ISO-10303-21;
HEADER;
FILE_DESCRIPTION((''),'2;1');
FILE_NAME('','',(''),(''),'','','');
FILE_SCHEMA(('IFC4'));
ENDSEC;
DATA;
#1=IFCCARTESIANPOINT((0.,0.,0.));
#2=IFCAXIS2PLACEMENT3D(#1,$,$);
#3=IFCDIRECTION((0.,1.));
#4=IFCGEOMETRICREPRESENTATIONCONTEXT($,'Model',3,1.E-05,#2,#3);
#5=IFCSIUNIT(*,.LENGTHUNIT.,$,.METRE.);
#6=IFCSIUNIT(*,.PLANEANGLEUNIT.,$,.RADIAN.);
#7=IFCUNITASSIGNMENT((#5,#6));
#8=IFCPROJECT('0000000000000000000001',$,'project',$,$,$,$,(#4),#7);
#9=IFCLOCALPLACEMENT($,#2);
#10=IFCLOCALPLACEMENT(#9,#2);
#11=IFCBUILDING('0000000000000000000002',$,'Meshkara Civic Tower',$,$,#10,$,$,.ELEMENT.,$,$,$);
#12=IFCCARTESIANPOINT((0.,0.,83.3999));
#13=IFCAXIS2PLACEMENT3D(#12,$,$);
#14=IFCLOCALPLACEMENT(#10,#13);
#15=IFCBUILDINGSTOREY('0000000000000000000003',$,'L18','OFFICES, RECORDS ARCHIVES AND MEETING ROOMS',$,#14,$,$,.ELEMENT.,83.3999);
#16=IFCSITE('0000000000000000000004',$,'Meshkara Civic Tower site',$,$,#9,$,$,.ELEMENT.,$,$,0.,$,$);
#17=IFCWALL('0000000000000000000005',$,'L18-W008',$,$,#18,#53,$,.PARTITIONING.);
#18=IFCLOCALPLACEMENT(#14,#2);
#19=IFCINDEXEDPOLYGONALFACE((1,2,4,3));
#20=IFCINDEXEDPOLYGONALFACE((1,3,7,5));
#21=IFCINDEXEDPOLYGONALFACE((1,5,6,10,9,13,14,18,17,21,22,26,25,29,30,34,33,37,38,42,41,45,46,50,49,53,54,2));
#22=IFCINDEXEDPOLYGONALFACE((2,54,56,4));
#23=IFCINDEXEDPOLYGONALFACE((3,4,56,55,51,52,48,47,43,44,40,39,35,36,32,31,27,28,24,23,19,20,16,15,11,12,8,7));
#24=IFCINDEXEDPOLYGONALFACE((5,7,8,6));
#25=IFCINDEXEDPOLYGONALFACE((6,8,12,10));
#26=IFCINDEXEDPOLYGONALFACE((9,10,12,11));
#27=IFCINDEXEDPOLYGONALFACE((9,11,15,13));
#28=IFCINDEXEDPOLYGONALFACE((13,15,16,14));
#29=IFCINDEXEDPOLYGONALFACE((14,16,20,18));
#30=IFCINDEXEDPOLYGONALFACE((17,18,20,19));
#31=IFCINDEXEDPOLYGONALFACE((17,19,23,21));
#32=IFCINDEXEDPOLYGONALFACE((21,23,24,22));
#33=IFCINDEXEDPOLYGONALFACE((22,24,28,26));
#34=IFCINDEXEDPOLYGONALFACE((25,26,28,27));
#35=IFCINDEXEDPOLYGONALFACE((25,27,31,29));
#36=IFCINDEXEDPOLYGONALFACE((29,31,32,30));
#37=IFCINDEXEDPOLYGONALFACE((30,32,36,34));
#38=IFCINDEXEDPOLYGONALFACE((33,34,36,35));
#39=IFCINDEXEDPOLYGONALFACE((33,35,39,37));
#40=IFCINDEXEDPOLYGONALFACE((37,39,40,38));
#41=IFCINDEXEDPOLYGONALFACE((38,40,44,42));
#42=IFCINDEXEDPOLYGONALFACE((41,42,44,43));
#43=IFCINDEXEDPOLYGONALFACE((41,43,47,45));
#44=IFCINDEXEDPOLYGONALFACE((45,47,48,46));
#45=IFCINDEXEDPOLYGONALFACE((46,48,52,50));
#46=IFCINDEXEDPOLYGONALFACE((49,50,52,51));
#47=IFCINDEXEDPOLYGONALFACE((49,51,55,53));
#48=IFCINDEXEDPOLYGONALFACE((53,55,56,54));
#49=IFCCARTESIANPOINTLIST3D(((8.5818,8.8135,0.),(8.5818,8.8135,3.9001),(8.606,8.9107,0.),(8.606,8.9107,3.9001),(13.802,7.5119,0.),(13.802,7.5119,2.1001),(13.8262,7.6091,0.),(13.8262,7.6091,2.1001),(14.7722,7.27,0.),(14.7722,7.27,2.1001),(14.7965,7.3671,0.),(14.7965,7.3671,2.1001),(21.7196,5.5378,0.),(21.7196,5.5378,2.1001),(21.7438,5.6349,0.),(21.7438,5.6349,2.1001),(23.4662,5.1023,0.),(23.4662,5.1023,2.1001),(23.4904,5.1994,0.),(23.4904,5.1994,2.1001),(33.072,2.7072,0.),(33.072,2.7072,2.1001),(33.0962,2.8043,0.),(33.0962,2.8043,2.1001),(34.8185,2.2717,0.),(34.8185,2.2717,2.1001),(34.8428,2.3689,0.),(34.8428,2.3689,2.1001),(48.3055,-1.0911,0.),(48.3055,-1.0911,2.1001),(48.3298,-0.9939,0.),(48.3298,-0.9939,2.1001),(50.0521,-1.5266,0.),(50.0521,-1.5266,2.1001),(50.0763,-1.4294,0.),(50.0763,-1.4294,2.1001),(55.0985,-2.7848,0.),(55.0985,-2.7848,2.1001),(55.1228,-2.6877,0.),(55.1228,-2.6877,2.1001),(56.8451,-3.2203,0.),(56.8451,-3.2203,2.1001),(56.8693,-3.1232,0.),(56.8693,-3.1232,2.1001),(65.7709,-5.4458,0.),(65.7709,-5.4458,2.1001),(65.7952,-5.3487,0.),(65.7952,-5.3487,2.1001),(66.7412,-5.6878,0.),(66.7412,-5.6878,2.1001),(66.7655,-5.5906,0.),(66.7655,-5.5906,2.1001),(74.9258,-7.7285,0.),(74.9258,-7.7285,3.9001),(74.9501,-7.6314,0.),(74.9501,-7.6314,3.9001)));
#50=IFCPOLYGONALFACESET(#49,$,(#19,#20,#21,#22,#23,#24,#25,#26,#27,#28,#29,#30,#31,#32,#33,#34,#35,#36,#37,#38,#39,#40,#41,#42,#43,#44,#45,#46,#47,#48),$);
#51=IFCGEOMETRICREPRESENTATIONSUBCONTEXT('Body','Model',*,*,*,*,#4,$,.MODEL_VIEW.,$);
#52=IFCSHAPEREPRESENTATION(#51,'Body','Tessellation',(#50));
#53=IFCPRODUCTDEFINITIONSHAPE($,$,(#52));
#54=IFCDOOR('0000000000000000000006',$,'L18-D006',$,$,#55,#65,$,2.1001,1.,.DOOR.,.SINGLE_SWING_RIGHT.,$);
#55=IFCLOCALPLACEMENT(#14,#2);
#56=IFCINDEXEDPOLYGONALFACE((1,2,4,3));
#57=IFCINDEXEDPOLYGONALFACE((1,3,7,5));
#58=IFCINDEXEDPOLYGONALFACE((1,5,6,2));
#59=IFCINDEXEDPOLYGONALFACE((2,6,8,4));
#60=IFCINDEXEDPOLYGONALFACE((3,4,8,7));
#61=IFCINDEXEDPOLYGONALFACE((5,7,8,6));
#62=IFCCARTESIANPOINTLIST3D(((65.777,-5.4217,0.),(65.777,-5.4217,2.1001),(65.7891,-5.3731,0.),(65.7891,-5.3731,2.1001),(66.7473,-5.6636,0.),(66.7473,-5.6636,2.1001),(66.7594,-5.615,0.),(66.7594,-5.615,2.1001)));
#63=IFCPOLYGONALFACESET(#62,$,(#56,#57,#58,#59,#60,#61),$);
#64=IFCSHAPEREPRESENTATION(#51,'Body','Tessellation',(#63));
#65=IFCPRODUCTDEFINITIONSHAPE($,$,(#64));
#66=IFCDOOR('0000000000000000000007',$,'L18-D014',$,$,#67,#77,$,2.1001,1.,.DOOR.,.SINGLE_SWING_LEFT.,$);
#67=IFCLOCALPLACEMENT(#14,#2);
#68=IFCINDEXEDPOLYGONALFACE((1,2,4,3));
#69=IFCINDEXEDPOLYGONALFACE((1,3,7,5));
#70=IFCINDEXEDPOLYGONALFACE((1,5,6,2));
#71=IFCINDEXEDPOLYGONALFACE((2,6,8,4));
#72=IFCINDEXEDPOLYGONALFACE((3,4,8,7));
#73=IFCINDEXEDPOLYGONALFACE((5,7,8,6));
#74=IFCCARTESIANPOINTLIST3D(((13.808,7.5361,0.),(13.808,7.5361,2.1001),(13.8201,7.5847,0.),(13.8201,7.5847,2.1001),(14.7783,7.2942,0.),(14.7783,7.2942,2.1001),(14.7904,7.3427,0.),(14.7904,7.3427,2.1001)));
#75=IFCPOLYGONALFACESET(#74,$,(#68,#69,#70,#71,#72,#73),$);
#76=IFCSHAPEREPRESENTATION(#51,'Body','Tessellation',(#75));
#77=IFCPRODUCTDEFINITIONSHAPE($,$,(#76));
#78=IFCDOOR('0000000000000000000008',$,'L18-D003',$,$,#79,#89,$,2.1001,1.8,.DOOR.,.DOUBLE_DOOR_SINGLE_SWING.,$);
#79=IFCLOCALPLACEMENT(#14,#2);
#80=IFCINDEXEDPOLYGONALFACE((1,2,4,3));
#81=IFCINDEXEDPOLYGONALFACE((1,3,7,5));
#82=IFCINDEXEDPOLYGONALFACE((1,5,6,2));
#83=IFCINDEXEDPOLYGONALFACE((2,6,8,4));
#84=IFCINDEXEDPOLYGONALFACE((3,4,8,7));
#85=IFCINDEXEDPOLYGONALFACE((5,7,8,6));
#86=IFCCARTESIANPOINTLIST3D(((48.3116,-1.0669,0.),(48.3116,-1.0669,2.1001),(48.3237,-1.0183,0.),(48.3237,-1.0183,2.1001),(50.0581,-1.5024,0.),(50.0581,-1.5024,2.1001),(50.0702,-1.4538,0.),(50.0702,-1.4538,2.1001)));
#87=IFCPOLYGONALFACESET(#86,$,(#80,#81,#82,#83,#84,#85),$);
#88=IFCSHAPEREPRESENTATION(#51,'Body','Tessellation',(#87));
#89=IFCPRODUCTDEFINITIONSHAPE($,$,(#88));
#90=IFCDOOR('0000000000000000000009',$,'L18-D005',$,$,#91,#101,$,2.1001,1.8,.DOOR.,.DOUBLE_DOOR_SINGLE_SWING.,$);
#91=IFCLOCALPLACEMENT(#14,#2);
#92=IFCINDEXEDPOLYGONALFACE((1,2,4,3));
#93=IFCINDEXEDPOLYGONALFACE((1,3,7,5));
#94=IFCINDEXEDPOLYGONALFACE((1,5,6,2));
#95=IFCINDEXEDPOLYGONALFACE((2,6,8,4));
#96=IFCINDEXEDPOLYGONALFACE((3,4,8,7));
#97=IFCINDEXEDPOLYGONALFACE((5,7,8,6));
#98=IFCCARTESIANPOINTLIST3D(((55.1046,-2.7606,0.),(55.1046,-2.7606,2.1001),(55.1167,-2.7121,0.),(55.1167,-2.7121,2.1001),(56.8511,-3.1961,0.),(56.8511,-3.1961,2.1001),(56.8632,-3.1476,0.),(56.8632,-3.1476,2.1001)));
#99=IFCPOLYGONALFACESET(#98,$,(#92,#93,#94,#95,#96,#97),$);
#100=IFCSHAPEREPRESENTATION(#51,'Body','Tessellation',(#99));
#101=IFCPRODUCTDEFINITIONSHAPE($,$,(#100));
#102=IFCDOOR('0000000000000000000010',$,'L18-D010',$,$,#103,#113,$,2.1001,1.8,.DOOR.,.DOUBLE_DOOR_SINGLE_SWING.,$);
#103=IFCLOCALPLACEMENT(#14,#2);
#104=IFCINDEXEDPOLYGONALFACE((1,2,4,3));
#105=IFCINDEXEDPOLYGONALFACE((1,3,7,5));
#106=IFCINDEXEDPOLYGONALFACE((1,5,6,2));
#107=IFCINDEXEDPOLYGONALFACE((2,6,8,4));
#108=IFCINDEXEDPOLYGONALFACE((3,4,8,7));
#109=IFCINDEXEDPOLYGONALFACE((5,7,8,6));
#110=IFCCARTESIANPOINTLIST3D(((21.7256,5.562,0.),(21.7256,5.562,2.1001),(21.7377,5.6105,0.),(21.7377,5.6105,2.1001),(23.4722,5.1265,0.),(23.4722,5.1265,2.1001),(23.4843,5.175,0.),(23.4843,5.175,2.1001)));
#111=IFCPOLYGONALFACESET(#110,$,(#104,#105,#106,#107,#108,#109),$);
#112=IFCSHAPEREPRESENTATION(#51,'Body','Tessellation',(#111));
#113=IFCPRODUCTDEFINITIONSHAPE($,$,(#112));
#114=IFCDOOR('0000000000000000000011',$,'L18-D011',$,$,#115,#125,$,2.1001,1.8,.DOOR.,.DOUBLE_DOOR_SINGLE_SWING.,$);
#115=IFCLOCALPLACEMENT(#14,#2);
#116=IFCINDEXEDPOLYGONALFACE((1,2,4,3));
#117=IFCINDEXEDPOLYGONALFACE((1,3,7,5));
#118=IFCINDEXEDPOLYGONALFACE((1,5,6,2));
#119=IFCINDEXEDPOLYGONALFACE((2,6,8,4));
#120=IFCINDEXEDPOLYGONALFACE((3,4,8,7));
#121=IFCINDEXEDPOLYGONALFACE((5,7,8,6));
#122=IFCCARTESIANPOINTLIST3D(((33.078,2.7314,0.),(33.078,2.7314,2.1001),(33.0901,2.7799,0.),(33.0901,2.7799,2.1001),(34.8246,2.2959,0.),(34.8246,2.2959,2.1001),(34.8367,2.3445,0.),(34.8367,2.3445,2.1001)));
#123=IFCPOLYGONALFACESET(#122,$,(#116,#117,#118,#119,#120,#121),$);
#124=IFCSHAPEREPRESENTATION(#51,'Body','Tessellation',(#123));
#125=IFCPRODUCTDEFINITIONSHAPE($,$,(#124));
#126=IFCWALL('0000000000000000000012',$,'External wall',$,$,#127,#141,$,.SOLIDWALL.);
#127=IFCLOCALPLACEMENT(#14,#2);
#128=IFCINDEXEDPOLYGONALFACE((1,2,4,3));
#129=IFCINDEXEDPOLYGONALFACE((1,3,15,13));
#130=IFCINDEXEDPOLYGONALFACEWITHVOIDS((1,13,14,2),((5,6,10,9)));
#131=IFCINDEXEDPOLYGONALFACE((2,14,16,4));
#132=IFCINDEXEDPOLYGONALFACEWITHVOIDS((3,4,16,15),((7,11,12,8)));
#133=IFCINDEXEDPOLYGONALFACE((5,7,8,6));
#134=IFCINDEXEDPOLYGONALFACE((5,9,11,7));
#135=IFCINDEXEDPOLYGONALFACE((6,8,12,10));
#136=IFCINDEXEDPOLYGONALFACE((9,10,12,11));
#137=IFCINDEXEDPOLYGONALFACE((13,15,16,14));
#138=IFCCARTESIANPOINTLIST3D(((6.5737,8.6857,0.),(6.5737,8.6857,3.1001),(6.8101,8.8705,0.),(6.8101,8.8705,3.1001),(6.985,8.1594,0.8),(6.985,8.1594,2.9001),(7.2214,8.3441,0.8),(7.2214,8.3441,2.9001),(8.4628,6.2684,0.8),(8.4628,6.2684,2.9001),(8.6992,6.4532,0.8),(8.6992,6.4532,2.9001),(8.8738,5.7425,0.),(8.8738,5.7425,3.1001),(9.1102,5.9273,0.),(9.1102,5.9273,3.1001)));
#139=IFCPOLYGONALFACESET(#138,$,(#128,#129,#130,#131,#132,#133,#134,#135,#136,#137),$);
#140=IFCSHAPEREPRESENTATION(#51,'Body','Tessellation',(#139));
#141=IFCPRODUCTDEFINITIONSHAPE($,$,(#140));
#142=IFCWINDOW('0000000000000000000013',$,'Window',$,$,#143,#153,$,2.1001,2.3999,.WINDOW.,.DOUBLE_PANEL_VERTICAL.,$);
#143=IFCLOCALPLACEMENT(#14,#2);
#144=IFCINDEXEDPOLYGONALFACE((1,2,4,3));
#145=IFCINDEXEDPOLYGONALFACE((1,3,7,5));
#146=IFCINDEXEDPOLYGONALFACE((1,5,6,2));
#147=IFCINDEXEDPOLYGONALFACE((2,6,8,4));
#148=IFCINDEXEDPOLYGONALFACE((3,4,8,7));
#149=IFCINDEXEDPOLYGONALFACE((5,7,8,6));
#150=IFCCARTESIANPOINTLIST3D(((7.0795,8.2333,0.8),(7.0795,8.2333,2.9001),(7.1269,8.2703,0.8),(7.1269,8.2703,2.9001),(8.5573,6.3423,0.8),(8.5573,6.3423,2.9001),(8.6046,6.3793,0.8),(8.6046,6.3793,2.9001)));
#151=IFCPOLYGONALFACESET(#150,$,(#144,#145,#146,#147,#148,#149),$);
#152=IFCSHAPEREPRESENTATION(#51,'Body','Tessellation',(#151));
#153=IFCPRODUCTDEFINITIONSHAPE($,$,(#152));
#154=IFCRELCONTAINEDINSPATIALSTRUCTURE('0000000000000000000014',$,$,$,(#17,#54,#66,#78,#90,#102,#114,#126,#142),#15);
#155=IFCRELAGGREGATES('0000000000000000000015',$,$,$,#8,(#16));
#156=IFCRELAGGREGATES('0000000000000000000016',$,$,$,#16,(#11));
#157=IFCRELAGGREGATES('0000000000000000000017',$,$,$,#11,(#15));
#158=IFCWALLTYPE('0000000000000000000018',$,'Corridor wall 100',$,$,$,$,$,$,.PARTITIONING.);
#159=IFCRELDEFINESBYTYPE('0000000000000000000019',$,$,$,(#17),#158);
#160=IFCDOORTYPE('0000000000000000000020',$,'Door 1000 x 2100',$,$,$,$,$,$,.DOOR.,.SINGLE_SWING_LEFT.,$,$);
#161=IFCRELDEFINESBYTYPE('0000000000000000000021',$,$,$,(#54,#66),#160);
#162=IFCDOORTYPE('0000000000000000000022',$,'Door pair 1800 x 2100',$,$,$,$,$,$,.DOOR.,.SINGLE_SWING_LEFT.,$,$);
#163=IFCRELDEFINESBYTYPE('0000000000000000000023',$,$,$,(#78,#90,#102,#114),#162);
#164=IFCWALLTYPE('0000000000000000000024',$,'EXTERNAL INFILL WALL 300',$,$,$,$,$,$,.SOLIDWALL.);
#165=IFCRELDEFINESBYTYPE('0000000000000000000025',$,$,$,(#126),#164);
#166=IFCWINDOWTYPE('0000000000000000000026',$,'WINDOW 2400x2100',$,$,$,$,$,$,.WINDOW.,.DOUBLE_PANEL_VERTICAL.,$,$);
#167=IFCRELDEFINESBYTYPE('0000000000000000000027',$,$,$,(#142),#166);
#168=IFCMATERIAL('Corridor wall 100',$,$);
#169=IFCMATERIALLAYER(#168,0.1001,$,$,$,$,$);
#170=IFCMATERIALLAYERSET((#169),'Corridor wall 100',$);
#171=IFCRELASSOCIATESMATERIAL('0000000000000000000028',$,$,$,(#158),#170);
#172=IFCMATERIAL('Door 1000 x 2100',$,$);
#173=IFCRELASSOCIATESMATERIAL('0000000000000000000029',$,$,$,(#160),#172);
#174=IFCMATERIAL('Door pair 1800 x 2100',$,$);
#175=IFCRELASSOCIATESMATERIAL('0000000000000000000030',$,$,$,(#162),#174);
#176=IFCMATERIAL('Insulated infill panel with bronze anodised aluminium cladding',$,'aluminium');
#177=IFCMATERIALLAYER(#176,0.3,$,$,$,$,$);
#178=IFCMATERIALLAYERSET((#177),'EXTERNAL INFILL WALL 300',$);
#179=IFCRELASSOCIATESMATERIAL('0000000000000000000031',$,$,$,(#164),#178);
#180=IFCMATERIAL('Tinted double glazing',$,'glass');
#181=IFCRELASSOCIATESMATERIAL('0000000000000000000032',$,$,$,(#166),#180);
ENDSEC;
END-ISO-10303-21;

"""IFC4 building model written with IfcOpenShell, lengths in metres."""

from ifc_helpers import new_model, si_unit, direction, frame, frame_2d, origin, place, context, subcontext, project, spatial, rectangle, extrude, material, layer, layer_set, type_object, element, fill, save


model = new_model("IFC4")

# Units and contexts
model_context = context("Model", 3, precision=1e-05, world=origin(), true_north=direction((0.0, 1.0)))
body_context = subcontext(model_context, "Body", "Model", "MODEL_VIEW")
ifc_project = project(units=[si_unit("LENGTHUNIT", "METRE"), si_unit("PLANEANGLEUNIT", "RADIAN")], contexts=[model_context])

# Site, building, storey
site_placement = place(None, origin())
site = spatial("IfcSite", under=ifc_project, at=site_placement, Name="Meshkara Civic Tower site", CompositionType="ELEMENT", RefElevation=0.0)
building_placement = place(site_placement, origin())
building = spatial("IfcBuilding", under=site, at=building_placement, Name="Meshkara Civic Tower", CompositionType="ELEMENT")
storey_placement = place(building_placement, frame((0.0, 0.0, 83.3999)))
storey = spatial("IfcBuildingStorey", under=building, at=storey_placement, Name="L18", Description="OFFICES, RECORDS ARCHIVES AND MEETING ROOMS", CompositionType="ELEMENT", Elevation=83.3999)

# Shared definitions
ifc_material_1 = material(Name="Corridor wall 100")
ifc_layer_1 = layer(ifc_material_1, 0.1001)
ifc_layer_set_1 = layer_set([ifc_layer_1], Name="Corridor wall 100")
wall_type_1 = type_object("IfcWallType", Name="Corridor wall 100", PredefinedType="PARTITIONING", material=ifc_layer_set_1)
ifc_material_2 = material(Name="Door 1000 x 2100")
door_type_1 = type_object("IfcDoorType", Name="Door 1000 x 2100", OperationType="SINGLE_SWING_LEFT", PredefinedType="DOOR", material=ifc_material_2)

# Wall, openings, doors
wall_1_placement = place(storey_placement, frame((8.594, 8.8621, 0.0), z_axis=(0.0, 0.0, 1.0), x_axis=(0.970294, -0.24193, 0.0)))
wall_1 = element("IfcWall", 1, at=wall_1_placement, inside=storey, type_object=wall_type_1, Name="L18-W008", PredefinedType="PARTITIONING", context=body_context, shape_type="SweptSolid", body=[
    extrude(rectangle(XDim=68.3752, YDim=0.1001, at=frame_2d((34.1875, 0.0))), origin(), (0.0, 0.0, 1.0), 3.9001),
])
opening_1_placement = place(wall_1_placement, frame((40.9399, 0.0, 0.0)))
opening_1 = element("IfcOpeningElement", 2, at=opening_1_placement, cuts=wall_1, PredefinedType="OPENING", context=body_context, shape_type="SweptSolid", body=[
    extrude(rectangle(XDim=1.8, YDim=2.1001, at=frame_2d((0.8999, 1.05))), frame((0.0, 0.0601, 0.0), z_axis=(0.0, -1.0, 0.0), x_axis=(1.0, 0.0, 0.0)), (0.0, 0.0, 1.0), 0.1201),
])
opening_2_placement = place(wall_1_placement, frame((47.9409, 0.0, 0.0)))
opening_2 = element("IfcOpeningElement", 3, at=opening_2_placement, cuts=wall_1, PredefinedType="OPENING", context=body_context, shape_type="SweptSolid", body=[
    extrude(rectangle(XDim=1.8, YDim=2.1001, at=frame_2d((0.8999, 1.05))), frame((0.0, 0.0601, 0.0), z_axis=(0.0, -1.0, 0.0), x_axis=(1.0, 0.0, 0.0)), (0.0, 0.0, 1.0), 0.1201),
])
opening_3_placement = place(wall_1_placement, frame((58.9399, 0.0, 0.0)))
opening_3 = element("IfcOpeningElement", 4, at=opening_3_placement, cuts=wall_1, PredefinedType="OPENING", context=body_context, shape_type="SweptSolid", body=[
    extrude(rectangle(XDim=1.0, YDim=2.1001, at=frame_2d((0.5, 1.05))), frame((0.0, 0.0601, 0.0), z_axis=(0.0, -1.0, 0.0), x_axis=(1.0, 0.0, 0.0)), (0.0, 0.0, 1.0), 0.1201),
])
opening_4_placement = place(wall_1_placement, frame((13.54, 0.0, 0.0)))
opening_4 = element("IfcOpeningElement", 5, at=opening_4_placement, cuts=wall_1, PredefinedType="OPENING", context=body_context, shape_type="SweptSolid", body=[
    extrude(rectangle(XDim=1.8, YDim=2.1001, at=frame_2d((0.8999, 1.05))), frame((0.0, 0.0601, 0.0), z_axis=(0.0, -1.0, 0.0), x_axis=(1.0, 0.0, 0.0)), (0.0, 0.0, 1.0), 0.1201),
])
opening_5_placement = place(wall_1_placement, frame((25.24, 0.0, 0.0)))
opening_5 = element("IfcOpeningElement", 6, at=opening_5_placement, cuts=wall_1, PredefinedType="OPENING", context=body_context, shape_type="SweptSolid", body=[
    extrude(rectangle(XDim=1.8, YDim=2.1001, at=frame_2d((0.8999, 1.05))), frame((0.0, 0.0601, 0.0), z_axis=(0.0, -1.0, 0.0), x_axis=(1.0, 0.0, 0.0)), (0.0, 0.0, 1.0), 0.1201),
])
opening_6_placement = place(wall_1_placement, frame((5.3799, 0.0, 0.0)))
opening_6 = element("IfcOpeningElement", 7, at=opening_6_placement, cuts=wall_1, PredefinedType="OPENING", context=body_context, shape_type="SweptSolid", body=[
    extrude(rectangle(XDim=1.0, YDim=2.1001, at=frame_2d((0.5, 1.05))), frame((0.0, 0.0601, 0.0), z_axis=(0.0, -1.0, 0.0), x_axis=(1.0, 0.0, 0.0)), (0.0, 0.0, 1.0), 0.1201),
])
door_1_placement = place(opening_3_placement, origin())
door_1 = element("IfcDoor", 8, at=door_1_placement, inside=storey, type_object=door_type_1, Name="L18-D006", OperationType="SINGLE_SWING_RIGHT", OverallHeight=2.1001, OverallWidth=1.0, PredefinedType="DOOR", context=body_context, shape_type="SweptSolid", body=[
    extrude(rectangle(XDim=1.0, YDim=2.1001, at=frame_2d((0.5, 1.05))), frame((0.0, 0.0249, 0.0), z_axis=(0.0, -1.0, 0.0), x_axis=(1.0, 0.0, 0.0)), (0.0, 0.0, 1.0), 0.05),
])
fill(opening_3, door_1)
door_2_placement = place(opening_6_placement, origin())
door_2 = element("IfcDoor", 9, at=door_2_placement, inside=storey, type_object=door_type_1, Name="L18-D014", OperationType="SINGLE_SWING_LEFT", OverallHeight=2.1001, OverallWidth=1.0, PredefinedType="DOOR", context=body_context, shape_type="SweptSolid", body=[
    extrude(rectangle(XDim=1.0, YDim=2.1001, at=frame_2d((0.5, 1.05))), frame((0.0, 0.0249, 0.0), z_axis=(0.0, -1.0, 0.0), x_axis=(1.0, 0.0, 0.0)), (0.0, 0.0, 1.0), 0.05),
])
fill(opening_6, door_2)
ifc_material_3 = material(Name="Door pair 1800 x 2100")
door_type_2 = type_object("IfcDoorType", Name="Door pair 1800 x 2100", OperationType="SINGLE_SWING_LEFT", PredefinedType="DOOR", material=ifc_material_3)
door_3_placement = place(opening_1_placement, origin())
door_3 = element("IfcDoor", 10, at=door_3_placement, inside=storey, type_object=door_type_2, Name="L18-D003", OperationType="DOUBLE_DOOR_SINGLE_SWING", OverallHeight=2.1001, OverallWidth=1.8, PredefinedType="DOOR", context=body_context, shape_type="SweptSolid", body=[
    extrude(rectangle(XDim=1.8, YDim=2.1001, at=frame_2d((0.8999, 1.05))), frame((0.0, 0.0249, 0.0), z_axis=(0.0, -1.0, 0.0), x_axis=(1.0, 0.0, 0.0)), (0.0, 0.0, 1.0), 0.05),
])
fill(opening_1, door_3)
door_4_placement = place(opening_2_placement, origin())
door_4 = element("IfcDoor", 11, at=door_4_placement, inside=storey, type_object=door_type_2, Name="L18-D005", OperationType="DOUBLE_DOOR_SINGLE_SWING", OverallHeight=2.1001, OverallWidth=1.8, PredefinedType="DOOR", context=body_context, shape_type="SweptSolid", body=[
    extrude(rectangle(XDim=1.8, YDim=2.1001, at=frame_2d((0.8999, 1.05))), frame((0.0, 0.0249, 0.0), z_axis=(0.0, -1.0, 0.0), x_axis=(1.0, 0.0, 0.0)), (0.0, 0.0, 1.0), 0.05),
])
fill(opening_2, door_4)
door_5_placement = place(opening_4_placement, origin())
door_5 = element("IfcDoor", 12, at=door_5_placement, inside=storey, type_object=door_type_2, Name="L18-D010", OperationType="DOUBLE_DOOR_SINGLE_SWING", OverallHeight=2.1001, OverallWidth=1.8, PredefinedType="DOOR", context=body_context, shape_type="SweptSolid", body=[
    extrude(rectangle(XDim=1.8, YDim=2.1001, at=frame_2d((0.8999, 1.05))), frame((0.0, 0.0249, 0.0), z_axis=(0.0, -1.0, 0.0), x_axis=(1.0, 0.0, 0.0)), (0.0, 0.0, 1.0), 0.05),
])
fill(opening_4, door_5)
door_6_placement = place(opening_5_placement, origin())
door_6 = element("IfcDoor", 13, at=door_6_placement, inside=storey, type_object=door_type_2, Name="L18-D011", OperationType="DOUBLE_DOOR_SINGLE_SWING", OverallHeight=2.1001, OverallWidth=1.8, PredefinedType="DOOR", context=body_context, shape_type="SweptSolid", body=[
    extrude(rectangle(XDim=1.8, YDim=2.1001, at=frame_2d((0.8999, 1.05))), frame((0.0, 0.0249, 0.0), z_axis=(0.0, -1.0, 0.0), x_axis=(1.0, 0.0, 0.0)), (0.0, 0.0, 1.0), 0.05),
])
fill(opening_5, door_6)

# Wall, opening, window
ifc_material_4 = material(Name="Insulated infill panel with bronze anodised aluminium cladding", Category="aluminium")
ifc_layer_2 = layer(ifc_material_4, 0.3)
ifc_layer_set_2 = layer_set([ifc_layer_2], Name="EXTERNAL INFILL WALL 300")
wall_type_2 = type_object("IfcWallType", Name="EXTERNAL INFILL WALL 300", PredefinedType="SOLIDWALL", material=ifc_layer_set_2)
wall_2_placement = place(storey_placement, frame((6.6919, 8.7781, 0.0), z_axis=(0.0, 0.0, 1.0), x_axis=(0.615767, -0.787928, 0.0)))
wall_2 = element("IfcWall", 14, at=wall_2_placement, inside=storey, type_object=wall_type_2, Name="External wall", PredefinedType="SOLIDWALL", context=body_context, shape_type="SweptSolid", body=[
    extrude(rectangle(XDim=3.7354, YDim=0.3, at=frame_2d((1.8677, 0.0))), origin(), (0.0, 0.0, 1.0), 3.1001),
])
opening_7_placement = place(wall_2_placement, frame((0.668, 0.0, 0.8)))
opening_7 = element("IfcOpeningElement", 15, at=opening_7_placement, cuts=wall_2, PredefinedType="OPENING", context=body_context, shape_type="SweptSolid", body=[
    extrude(rectangle(XDim=2.3999, YDim=2.1001, at=frame_2d((1.2, 1.05))), frame((0.0, 0.1599, 0.0), z_axis=(0.0, -1.0, 0.0), x_axis=(1.0, 0.0, 0.0)), (0.0, 0.0, 1.0), 0.3201),
])
ifc_material_5 = material(Name="Tinted double glazing", Category="glass")
window_type = type_object("IfcWindowType", Name="WINDOW 2400x2100", PartitioningType="DOUBLE_PANEL_VERTICAL", PredefinedType="WINDOW", material=ifc_material_5)
window_placement = place(opening_7_placement, origin())
window = element("IfcWindow", 16, at=window_placement, inside=storey, type_object=window_type, Name="Window", OverallHeight=2.1001, OverallWidth=2.3999, PartitioningType="DOUBLE_PANEL_VERTICAL", PredefinedType="WINDOW", context=body_context, shape_type="SweptSolid", body=[
    extrude(rectangle(XDim=2.3999, YDim=2.1001, at=frame_2d((1.2, 1.05))), frame((0.0, 0.03, 0.0), z_axis=(0.0, -1.0, 0.0), x_axis=(1.0, 0.0, 0.0)), (0.0, 0.0, 1.0), 0.0601),
])
fill(opening_7, window)

save(model, "model.ifc")
